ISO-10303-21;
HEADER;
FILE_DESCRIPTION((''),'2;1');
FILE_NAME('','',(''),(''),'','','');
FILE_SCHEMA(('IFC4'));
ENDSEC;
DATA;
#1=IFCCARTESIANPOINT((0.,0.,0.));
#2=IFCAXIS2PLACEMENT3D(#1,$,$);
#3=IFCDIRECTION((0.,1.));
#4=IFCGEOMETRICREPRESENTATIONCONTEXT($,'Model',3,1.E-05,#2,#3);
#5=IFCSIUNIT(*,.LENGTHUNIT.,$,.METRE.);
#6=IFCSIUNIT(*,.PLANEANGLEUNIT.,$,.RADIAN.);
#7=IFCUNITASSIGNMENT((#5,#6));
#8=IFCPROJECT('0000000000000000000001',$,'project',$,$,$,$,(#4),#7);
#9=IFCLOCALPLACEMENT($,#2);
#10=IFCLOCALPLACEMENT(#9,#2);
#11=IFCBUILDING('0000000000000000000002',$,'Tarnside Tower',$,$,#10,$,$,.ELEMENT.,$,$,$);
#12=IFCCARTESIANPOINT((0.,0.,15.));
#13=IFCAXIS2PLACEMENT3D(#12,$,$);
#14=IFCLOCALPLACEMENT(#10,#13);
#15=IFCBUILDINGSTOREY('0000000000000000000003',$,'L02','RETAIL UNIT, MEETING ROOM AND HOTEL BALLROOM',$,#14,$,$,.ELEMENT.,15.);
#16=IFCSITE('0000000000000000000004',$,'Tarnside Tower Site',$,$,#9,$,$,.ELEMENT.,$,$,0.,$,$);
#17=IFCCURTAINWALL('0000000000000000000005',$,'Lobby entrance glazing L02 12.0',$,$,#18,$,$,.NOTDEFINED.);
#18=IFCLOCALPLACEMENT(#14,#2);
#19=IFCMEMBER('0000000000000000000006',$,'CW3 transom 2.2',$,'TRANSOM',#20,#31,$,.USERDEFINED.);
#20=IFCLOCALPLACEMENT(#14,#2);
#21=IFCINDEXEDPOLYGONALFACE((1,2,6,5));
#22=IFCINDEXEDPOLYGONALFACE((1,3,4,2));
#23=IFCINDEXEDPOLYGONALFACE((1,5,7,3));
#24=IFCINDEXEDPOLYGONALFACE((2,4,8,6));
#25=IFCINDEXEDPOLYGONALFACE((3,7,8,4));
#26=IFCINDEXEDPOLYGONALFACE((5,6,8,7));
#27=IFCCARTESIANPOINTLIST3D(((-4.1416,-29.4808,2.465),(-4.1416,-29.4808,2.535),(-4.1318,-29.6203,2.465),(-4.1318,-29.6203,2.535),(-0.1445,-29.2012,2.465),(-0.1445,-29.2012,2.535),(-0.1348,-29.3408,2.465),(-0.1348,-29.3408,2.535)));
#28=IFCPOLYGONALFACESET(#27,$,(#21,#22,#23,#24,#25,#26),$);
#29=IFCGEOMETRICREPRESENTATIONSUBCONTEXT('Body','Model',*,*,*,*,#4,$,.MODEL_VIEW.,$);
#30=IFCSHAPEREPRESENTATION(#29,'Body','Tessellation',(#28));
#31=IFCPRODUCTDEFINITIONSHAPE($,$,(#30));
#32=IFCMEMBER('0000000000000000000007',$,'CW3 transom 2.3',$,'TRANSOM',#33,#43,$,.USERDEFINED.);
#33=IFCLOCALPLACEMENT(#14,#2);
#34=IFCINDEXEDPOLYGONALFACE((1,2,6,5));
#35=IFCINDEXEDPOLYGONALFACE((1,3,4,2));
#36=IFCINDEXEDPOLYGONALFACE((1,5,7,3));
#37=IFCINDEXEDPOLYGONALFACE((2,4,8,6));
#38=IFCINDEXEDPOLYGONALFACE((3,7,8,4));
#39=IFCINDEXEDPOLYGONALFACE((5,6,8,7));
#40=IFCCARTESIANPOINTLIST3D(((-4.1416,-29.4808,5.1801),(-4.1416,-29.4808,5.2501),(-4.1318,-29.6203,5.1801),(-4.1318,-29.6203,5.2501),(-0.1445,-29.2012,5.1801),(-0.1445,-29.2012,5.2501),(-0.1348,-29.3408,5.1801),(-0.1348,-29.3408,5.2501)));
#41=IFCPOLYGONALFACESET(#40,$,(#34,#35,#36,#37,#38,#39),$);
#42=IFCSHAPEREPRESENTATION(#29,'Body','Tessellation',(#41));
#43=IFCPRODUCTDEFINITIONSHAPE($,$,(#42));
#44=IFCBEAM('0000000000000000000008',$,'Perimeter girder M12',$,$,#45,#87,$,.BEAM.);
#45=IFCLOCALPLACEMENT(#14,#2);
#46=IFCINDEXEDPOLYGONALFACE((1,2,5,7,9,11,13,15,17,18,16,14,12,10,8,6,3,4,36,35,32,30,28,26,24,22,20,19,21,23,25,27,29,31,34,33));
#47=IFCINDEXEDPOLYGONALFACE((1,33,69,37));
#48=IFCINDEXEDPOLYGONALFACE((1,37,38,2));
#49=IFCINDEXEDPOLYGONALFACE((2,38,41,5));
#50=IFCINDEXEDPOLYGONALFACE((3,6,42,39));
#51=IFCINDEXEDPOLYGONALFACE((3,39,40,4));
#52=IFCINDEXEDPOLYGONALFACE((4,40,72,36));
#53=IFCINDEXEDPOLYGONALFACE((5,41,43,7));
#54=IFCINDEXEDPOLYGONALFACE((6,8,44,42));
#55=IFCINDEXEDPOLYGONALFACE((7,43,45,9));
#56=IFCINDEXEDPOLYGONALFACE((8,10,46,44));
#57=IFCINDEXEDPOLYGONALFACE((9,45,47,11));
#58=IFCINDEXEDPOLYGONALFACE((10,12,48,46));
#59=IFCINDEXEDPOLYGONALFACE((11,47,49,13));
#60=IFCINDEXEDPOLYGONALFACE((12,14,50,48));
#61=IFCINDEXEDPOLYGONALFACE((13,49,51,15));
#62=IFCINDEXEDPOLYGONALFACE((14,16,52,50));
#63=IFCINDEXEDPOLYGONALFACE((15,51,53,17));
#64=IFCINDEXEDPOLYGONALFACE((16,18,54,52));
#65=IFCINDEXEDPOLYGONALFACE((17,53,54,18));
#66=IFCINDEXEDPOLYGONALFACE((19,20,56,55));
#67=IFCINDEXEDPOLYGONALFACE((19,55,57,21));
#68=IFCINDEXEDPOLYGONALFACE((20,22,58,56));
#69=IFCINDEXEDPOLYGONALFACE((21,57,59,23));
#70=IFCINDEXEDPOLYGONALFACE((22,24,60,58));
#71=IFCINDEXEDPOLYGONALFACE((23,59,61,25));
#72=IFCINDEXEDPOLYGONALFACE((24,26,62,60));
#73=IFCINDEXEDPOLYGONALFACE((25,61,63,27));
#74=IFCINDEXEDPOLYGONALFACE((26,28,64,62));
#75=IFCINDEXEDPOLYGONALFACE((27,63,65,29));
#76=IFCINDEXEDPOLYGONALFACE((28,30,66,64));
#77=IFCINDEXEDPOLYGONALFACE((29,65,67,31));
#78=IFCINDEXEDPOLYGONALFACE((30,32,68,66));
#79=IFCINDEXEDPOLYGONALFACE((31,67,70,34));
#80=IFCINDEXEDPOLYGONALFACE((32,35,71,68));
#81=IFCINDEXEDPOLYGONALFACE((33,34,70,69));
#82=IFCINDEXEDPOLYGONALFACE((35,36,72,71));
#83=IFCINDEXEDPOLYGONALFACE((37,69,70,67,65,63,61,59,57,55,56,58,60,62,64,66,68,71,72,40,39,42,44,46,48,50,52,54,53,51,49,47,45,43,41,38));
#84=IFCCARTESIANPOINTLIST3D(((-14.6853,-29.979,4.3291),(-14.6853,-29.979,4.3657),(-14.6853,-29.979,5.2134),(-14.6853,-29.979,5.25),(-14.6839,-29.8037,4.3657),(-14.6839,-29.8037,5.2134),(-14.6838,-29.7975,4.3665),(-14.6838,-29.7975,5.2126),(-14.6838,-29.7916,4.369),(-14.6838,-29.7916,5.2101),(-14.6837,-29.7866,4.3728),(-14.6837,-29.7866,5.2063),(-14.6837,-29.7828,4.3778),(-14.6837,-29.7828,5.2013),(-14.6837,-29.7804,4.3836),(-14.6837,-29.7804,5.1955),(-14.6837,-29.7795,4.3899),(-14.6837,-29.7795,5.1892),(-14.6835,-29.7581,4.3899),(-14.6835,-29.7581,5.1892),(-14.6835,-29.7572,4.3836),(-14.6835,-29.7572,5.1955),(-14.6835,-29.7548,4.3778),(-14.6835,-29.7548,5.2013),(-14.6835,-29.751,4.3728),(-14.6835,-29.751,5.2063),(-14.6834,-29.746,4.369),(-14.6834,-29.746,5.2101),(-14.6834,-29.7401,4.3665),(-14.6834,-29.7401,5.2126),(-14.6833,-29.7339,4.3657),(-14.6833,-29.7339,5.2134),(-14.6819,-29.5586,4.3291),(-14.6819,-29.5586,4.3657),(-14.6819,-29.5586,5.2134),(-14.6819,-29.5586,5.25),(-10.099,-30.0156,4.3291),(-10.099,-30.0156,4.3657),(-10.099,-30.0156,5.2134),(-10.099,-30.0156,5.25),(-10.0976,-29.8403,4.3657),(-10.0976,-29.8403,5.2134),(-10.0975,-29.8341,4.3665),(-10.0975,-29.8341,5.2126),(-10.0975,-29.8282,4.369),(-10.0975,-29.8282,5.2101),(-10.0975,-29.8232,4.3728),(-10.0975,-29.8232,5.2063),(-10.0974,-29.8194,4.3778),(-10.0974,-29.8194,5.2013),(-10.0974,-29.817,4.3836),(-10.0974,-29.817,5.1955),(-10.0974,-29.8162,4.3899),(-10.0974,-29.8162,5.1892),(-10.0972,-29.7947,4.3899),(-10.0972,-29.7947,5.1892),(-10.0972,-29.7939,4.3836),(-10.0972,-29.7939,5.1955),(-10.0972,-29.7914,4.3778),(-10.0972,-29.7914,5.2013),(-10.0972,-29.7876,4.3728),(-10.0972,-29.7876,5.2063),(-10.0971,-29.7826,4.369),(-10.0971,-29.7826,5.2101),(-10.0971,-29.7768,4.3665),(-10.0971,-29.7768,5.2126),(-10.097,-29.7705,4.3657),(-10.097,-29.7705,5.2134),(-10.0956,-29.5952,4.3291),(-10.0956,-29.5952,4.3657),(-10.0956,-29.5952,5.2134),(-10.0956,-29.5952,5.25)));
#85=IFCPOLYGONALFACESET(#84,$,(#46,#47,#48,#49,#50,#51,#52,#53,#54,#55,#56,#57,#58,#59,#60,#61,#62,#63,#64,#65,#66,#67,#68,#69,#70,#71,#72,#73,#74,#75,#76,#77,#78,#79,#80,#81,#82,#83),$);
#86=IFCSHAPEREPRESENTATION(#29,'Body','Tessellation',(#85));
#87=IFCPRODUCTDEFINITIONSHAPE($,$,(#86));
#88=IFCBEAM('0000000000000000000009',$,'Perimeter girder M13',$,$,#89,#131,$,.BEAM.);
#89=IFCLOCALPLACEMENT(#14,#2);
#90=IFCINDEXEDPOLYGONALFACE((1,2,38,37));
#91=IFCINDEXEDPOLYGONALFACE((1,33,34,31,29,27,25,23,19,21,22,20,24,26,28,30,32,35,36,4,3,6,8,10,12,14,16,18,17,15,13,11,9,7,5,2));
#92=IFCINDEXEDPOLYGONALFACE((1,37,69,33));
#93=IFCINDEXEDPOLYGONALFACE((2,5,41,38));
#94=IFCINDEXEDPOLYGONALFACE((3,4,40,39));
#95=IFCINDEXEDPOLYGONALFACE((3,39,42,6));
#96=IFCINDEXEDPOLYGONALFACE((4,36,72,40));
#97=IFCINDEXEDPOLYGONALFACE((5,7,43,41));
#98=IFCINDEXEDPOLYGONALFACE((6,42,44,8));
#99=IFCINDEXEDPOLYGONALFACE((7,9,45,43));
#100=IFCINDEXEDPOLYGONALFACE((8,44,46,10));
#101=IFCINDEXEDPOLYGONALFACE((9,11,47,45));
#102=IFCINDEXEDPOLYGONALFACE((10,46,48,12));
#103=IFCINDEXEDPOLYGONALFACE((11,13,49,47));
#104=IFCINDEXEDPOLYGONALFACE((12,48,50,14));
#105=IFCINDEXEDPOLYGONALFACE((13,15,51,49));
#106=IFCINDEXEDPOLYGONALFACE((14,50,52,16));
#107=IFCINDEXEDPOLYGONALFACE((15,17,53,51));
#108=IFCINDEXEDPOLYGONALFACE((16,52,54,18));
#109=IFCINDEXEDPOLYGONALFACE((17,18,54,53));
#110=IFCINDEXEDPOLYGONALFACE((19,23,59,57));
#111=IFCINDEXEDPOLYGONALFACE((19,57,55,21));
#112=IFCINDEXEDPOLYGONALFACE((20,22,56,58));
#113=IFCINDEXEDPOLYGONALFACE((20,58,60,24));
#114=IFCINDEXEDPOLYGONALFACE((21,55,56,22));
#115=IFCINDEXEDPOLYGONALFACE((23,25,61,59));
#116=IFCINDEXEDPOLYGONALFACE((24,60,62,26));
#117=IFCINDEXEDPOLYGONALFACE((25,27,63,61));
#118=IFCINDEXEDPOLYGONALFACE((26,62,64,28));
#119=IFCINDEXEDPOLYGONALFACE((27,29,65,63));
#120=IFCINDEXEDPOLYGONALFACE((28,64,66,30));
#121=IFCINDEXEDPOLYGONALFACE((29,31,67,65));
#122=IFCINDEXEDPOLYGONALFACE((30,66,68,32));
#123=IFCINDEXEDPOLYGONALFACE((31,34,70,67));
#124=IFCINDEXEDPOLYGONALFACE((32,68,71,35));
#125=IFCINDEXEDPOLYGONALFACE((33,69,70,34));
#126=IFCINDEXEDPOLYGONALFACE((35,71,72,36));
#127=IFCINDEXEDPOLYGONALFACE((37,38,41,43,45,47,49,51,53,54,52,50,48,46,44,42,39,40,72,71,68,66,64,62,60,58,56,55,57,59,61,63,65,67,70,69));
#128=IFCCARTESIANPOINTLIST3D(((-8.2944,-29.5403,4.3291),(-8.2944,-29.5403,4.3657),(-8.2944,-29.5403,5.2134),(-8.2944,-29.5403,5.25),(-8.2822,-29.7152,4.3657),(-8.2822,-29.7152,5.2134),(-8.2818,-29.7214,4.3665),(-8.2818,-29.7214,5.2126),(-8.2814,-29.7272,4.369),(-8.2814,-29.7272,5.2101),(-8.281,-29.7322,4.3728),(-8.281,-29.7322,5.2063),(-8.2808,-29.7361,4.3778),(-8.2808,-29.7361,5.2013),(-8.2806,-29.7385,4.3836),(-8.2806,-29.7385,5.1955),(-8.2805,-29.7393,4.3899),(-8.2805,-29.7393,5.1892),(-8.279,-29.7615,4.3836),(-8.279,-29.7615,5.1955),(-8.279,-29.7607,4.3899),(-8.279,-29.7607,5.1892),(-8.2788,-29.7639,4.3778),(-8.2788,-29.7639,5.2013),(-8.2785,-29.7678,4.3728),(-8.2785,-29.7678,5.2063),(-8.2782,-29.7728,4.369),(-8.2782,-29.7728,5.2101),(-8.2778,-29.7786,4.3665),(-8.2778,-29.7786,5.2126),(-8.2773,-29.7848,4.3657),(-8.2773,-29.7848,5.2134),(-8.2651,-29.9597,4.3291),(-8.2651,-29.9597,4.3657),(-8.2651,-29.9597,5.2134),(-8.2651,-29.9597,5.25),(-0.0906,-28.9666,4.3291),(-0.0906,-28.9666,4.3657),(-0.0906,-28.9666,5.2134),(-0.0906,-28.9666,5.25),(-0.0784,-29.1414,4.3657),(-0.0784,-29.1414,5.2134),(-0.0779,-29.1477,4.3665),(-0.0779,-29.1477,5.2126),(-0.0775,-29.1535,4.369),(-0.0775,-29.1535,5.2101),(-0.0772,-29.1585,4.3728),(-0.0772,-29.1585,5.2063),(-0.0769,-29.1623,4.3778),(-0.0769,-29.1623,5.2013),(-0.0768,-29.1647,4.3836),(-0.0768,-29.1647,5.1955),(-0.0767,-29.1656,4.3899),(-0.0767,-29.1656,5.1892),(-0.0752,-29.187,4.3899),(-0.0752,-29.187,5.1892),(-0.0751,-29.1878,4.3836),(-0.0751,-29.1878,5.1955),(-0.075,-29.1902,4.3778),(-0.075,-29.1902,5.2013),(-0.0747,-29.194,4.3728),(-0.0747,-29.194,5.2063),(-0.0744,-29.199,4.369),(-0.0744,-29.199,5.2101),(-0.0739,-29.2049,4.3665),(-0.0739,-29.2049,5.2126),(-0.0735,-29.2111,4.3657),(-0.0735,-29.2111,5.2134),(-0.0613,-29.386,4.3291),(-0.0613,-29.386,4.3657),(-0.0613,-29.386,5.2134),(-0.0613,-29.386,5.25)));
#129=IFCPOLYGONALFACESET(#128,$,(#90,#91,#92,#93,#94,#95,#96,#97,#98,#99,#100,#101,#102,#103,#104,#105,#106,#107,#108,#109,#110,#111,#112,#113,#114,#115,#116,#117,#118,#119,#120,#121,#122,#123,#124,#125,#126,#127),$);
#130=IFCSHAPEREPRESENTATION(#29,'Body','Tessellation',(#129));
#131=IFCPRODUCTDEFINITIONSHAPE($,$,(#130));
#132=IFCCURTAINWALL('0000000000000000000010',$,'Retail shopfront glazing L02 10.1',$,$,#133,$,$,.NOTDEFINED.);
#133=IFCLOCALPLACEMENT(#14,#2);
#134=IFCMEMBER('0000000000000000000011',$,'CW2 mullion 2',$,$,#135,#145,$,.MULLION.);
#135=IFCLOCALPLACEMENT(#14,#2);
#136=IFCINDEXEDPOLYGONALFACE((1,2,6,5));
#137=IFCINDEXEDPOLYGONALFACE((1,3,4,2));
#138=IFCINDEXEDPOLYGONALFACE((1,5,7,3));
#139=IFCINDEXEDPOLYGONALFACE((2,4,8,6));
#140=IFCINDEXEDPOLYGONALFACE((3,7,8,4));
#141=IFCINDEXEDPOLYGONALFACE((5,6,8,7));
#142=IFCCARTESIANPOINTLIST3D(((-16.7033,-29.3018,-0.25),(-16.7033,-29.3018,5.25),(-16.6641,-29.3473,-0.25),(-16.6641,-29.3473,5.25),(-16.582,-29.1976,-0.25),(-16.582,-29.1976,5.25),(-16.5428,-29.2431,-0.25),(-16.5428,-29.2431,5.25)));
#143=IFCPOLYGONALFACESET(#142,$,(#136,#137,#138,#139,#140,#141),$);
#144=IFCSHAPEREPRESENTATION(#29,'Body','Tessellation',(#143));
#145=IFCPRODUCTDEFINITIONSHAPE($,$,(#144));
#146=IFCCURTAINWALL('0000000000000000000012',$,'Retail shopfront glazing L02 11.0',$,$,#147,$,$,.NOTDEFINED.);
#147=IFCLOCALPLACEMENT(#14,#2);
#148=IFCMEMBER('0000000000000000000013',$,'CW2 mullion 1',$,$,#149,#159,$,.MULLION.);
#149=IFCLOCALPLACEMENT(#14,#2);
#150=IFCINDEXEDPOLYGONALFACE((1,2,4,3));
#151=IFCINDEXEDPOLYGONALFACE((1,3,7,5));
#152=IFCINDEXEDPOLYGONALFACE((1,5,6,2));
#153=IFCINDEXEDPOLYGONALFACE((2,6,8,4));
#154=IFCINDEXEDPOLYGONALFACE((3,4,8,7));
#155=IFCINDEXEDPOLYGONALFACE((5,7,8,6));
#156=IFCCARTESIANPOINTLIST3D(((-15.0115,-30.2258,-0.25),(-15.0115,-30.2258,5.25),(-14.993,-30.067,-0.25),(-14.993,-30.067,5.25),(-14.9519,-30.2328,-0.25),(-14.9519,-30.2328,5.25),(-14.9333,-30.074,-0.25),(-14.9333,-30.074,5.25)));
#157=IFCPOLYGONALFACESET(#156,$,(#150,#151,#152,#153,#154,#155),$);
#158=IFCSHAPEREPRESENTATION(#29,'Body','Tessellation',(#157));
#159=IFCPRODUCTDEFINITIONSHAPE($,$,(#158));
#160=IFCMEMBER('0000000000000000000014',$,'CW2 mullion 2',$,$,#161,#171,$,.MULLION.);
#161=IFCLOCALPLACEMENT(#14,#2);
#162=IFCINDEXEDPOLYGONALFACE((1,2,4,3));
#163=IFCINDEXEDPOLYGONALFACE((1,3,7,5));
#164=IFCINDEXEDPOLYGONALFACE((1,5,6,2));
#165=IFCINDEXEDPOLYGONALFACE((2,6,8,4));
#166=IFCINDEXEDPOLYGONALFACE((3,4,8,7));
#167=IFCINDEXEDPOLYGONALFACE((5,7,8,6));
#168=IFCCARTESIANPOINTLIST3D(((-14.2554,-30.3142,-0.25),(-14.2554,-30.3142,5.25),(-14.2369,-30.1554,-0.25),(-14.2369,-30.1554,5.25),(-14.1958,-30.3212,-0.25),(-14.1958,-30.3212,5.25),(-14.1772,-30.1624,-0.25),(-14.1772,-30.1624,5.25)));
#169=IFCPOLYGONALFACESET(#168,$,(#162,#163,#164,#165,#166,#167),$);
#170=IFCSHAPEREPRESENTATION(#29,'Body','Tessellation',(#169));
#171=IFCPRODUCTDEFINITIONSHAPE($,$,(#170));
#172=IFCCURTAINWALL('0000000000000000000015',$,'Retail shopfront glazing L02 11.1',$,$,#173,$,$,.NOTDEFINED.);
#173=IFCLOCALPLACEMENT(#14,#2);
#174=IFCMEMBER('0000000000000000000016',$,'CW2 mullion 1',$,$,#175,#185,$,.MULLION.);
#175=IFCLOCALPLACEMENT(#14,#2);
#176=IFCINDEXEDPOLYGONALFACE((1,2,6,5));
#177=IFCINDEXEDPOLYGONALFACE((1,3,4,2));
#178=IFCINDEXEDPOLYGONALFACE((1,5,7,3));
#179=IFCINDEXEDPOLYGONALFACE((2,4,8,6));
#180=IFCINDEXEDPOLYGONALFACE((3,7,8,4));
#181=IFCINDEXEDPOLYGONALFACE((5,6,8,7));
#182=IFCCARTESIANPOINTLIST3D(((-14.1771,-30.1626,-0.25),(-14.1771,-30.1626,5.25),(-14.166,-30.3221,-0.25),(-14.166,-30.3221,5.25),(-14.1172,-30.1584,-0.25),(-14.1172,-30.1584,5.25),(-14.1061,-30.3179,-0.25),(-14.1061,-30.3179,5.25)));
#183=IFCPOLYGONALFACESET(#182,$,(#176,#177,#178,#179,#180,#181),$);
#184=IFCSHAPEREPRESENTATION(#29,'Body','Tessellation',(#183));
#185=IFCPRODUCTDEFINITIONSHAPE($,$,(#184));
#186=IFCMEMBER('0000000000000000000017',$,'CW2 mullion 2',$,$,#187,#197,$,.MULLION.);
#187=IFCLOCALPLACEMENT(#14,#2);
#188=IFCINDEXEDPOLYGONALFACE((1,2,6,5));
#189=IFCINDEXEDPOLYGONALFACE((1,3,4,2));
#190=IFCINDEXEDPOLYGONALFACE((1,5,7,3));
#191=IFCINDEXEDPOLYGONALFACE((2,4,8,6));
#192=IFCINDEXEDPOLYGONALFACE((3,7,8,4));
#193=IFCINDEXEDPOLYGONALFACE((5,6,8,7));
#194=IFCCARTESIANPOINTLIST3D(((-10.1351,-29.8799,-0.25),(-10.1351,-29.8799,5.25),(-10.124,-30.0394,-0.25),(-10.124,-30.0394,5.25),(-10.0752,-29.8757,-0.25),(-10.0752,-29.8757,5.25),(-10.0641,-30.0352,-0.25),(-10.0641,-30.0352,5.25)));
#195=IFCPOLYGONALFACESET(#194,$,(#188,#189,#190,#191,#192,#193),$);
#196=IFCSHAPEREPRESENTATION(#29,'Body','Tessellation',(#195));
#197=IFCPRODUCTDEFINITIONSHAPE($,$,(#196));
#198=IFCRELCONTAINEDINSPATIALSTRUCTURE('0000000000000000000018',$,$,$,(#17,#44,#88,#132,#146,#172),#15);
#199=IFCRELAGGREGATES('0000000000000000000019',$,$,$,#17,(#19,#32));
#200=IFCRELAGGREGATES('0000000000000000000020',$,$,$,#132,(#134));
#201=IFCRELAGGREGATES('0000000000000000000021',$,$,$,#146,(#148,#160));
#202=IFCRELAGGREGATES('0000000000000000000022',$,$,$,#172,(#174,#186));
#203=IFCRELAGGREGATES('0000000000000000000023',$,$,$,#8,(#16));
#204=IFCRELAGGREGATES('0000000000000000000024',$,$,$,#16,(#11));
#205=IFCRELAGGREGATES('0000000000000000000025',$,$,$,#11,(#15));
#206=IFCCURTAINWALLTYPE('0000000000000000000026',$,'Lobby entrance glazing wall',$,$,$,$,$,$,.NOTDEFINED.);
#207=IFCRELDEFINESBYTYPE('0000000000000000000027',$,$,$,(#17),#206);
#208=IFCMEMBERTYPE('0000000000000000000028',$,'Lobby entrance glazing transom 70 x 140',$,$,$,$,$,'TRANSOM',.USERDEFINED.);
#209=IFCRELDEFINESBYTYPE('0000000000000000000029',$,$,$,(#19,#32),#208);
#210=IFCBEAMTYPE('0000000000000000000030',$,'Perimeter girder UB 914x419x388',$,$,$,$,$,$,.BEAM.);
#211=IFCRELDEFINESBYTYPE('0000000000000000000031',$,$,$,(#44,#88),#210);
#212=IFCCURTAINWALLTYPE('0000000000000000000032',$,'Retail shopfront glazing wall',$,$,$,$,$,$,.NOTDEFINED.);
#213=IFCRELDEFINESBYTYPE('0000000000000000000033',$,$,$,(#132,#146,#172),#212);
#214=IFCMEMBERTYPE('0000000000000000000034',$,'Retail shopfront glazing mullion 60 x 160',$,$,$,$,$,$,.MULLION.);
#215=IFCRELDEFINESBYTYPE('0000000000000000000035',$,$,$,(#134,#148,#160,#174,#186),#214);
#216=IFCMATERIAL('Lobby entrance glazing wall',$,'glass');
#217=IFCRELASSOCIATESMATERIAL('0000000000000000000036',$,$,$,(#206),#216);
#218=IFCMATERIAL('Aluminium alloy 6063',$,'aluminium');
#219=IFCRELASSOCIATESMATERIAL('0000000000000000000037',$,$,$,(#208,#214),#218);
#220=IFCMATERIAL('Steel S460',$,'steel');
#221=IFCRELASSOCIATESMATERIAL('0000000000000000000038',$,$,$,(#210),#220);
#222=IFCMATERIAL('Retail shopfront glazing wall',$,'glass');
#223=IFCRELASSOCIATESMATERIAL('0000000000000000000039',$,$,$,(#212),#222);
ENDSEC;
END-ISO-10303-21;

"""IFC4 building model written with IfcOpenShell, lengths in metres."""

from ifc_helpers import new_model, si_unit, direction, frame, origin, origin_2d, place, context, subcontext, project, spatial, rectangle, i_section, extrude, material, material_profile, profile_set, type_object, element, aggregate, save


model = new_model("IFC4")

# Units and contexts
model_context = context("Model", 3, precision=1e-05, world=origin(), true_north=direction((0.0, 1.0)))
body_context = subcontext(model_context, "Body", "Model", "MODEL_VIEW")
ifc_project = project(units=[si_unit("LENGTHUNIT", "METRE"), si_unit("PLANEANGLEUNIT", "RADIAN")], contexts=[model_context])

# Site, building, storey
site_placement = place(None, origin())
site = spatial("IfcSite", under=ifc_project, at=site_placement, Name="Tarnside Tower Site", CompositionType="ELEMENT", RefElevation=0.0)
building_placement = place(site_placement, origin())
building = spatial("IfcBuilding", under=site, at=building_placement, Name="Tarnside Tower", CompositionType="ELEMENT")
storey_placement = place(building_placement, frame((0.0, 0.0, 15.0)))
storey = spatial("IfcBuildingStorey", under=building, at=storey_placement, Name="L02", Description="RETAIL UNIT, MEETING ROOM AND HOTEL BALLROOM", CompositionType="ELEMENT", Elevation=15.0)

# Curtain wall, members
ifc_material_1 = material(Name="Lobby entrance glazing wall", Category="glass")
curtain_wall_type_1 = type_object("IfcCurtainWallType", Name="Lobby entrance glazing wall", PredefinedType="NOTDEFINED", material=ifc_material_1)
curtain_wall_1_placement = place(storey_placement, origin())
curtain_wall_1 = element("IfcCurtainWall", 1, at=curtain_wall_1_placement, inside=storey, type_object=curtain_wall_type_1, Name="Lobby entrance glazing L02 12.0", PredefinedType="NOTDEFINED")
ifc_material_2 = material(Name="Aluminium alloy 6063", Category="aluminium")
ifc_material_profile_1 = material_profile(ifc_material_2, rectangle(XDim=0.1399, YDim=0.0701, at=origin_2d()), Name="Lobby entrance glazing transom 70 x 140")
ifc_profile_set_1 = profile_set([ifc_material_profile_1], Name="Aluminium alloy 6063")
member_type_1 = type_object("IfcMemberType", Name="Lobby entrance glazing transom 70 x 140", ElementType="TRANSOM", PredefinedType="USERDEFINED", material=ifc_profile_set_1)
member_1_placement = place(storey_placement, frame((-4.1367, -29.5505, 2.5), z_axis=(0.997563, 0.069766, 0.0), x_axis=(-0.069766, 0.997563, 0.0)))
member_1 = element("IfcMember", 2, at=member_1_placement, type_object=member_type_1, Name="CW3 transom 2.2", ObjectType="TRANSOM", PredefinedType="USERDEFINED", context=body_context, shape_type="SweptSolid", body=[
    extrude(rectangle(XDim=0.1399, YDim=0.0701, at=origin_2d()), origin(), (0.0, 0.0, 1.0), 4.0068),
])
member_2_placement = place(storey_placement, frame((-4.1367, -29.5505, 5.2151), z_axis=(0.997563, 0.069766, 0.0), x_axis=(-0.069766, 0.997563, 0.0)))
member_2 = element("IfcMember", 3, at=member_2_placement, type_object=member_type_1, Name="CW3 transom 2.3", ObjectType="TRANSOM", PredefinedType="USERDEFINED", context=body_context, shape_type="SweptSolid", body=[
    extrude(rectangle(XDim=0.1399, YDim=0.0701, at=origin_2d()), origin(), (0.0, 0.0, 1.0), 4.0068),
])

# Beams
ifc_material_3 = material(Name="Steel S460", Category="steel")
ifc_material_profile_2 = material_profile(ifc_material_3, i_section(OverallWidth=0.4204, OverallDepth=0.9209, WebThickness=0.0215, FlangeThickness=0.0366, FilletRadius=0.0242, at=origin_2d()), Name="UB 914x419x388")
ifc_profile_set_2 = profile_set([ifc_material_profile_2], Name="Steel S460")
beam_type_1 = type_object("IfcBeamType", Name="Perimeter girder UB 914x419x388", PredefinedType="BEAM", material=ifc_profile_set_2)
beam_1_placement = place(storey_placement, frame((-14.6836, -29.7688, 4.7896), z_axis=(0.999968, -0.007985, 0.0), x_axis=(0.007985, 0.999968, 0.0)))
element("IfcBeam", 4, at=beam_1_placement, inside=storey, type_object=beam_type_1, Name="Perimeter girder M12", PredefinedType="BEAM", context=body_context, shape_type="SweptSolid", body=[
    extrude(i_section(OverallWidth=0.4204, OverallDepth=0.9209, WebThickness=0.0215, FlangeThickness=0.0366, FilletRadius=0.0242, at=origin_2d()), origin(), (0.0, 0.0, 1.0), 4.5864),
])
beam_2_placement = place(storey_placement, frame((-8.2798, -29.75, 4.7896), z_axis=(0.997564, 0.069764, 0.0), x_axis=(-0.069764, 0.997564, 0.0)))
element("IfcBeam", 5, at=beam_2_placement, inside=storey, type_object=beam_type_1, Name="Perimeter girder M13", PredefinedType="BEAM", context=body_context, shape_type="SweptSolid", body=[
    extrude(i_section(OverallWidth=0.4204, OverallDepth=0.9209, WebThickness=0.0215, FlangeThickness=0.0366, FilletRadius=0.0242, at=origin_2d()), origin(), (0.0, 0.0, 1.0), 8.2239),
])

# Curtain wall, member
ifc_material_4 = material(Name="Retail shopfront glazing wall", Category="glass")
curtain_wall_type_2 = type_object("IfcCurtainWallType", Name="Retail shopfront glazing wall", PredefinedType="NOTDEFINED", material=ifc_material_4)
curtain_wall_2_placement = place(storey_placement, origin())
curtain_wall_2 = element("IfcCurtainWall", 6, at=curtain_wall_2_placement, inside=storey, type_object=curtain_wall_type_2, Name="Retail shopfront glazing L02 10.1", PredefinedType="NOTDEFINED")
ifc_material_profile_3 = material_profile(ifc_material_2, rectangle(XDim=0.1599, YDim=0.0601, at=origin_2d()), Name="Retail shopfront glazing mullion 60 x 160")
ifc_profile_set_3 = profile_set([ifc_material_profile_3], Name="Aluminium alloy 6063")
member_type_2 = type_object("IfcMemberType", Name="Retail shopfront glazing mullion 60 x 160", PredefinedType="MULLION", material=ifc_profile_set_3)
member_3_placement = place(storey_placement, frame((-16.623, -29.2725, -0.25), z_axis=(0.0, 0.0, 1.0), x_axis=(0.758514, 0.651657, 0.0)))
member_3 = element("IfcMember", 7, at=member_3_placement, type_object=member_type_2, Name="CW2 mullion 2", PredefinedType="MULLION", context=body_context, shape_type="SweptSolid", body=[
    extrude(rectangle(XDim=0.1599, YDim=0.0601, at=origin_2d()), origin(), (0.0, 0.0, 1.0), 5.5),
])

# Curtain walls, members
curtain_wall_3_placement = place(storey_placement, origin())
curtain_wall_3 = element("IfcCurtainWall", 8, at=curtain_wall_3_placement, inside=storey, type_object=curtain_wall_type_2, Name="Retail shopfront glazing L02 11.0", PredefinedType="NOTDEFINED")
member_4_placement = place(storey_placement, frame((-14.9724, -30.1499, -0.25), z_axis=(0.0, 0.0, 1.0), x_axis=(0.116093, 0.993238, 0.0)))
member_4 = element("IfcMember", 9, at=member_4_placement, type_object=member_type_2, Name="CW2 mullion 1", PredefinedType="MULLION", context=body_context, shape_type="SweptSolid", body=[
    extrude(rectangle(XDim=0.1599, YDim=0.0601, at=origin_2d()), origin(), (0.0, 0.0, 1.0), 5.5),
])
member_5_placement = place(storey_placement, frame((-14.2163, -30.2383, -0.25), z_axis=(0.0, 0.0, 1.0), x_axis=(0.116093, 0.993238, 0.0)))
member_5 = element("IfcMember", 10, at=member_5_placement, type_object=member_type_2, Name="CW2 mullion 2", PredefinedType="MULLION", context=body_context, shape_type="SweptSolid", body=[
    extrude(rectangle(XDim=0.1599, YDim=0.0601, at=origin_2d()), origin(), (0.0, 0.0, 1.0), 5.5),
])
curtain_wall_4_placement = place(storey_placement, origin())
curtain_wall_4 = element("IfcCurtainWall", 11, at=curtain_wall_4_placement, inside=storey, type_object=curtain_wall_type_2, Name="Retail shopfront glazing L02 11.1", PredefinedType="NOTDEFINED")
member_6_placement = place(storey_placement, frame((-14.1416, -30.2402, -0.25), z_axis=(0.0, 0.0, 1.0), x_axis=(-0.069756, 0.997564, 0.0)))
member_6 = element("IfcMember", 12, at=member_6_placement, type_object=member_type_2, Name="CW2 mullion 1", PredefinedType="MULLION", context=body_context, shape_type="SweptSolid", body=[
    extrude(rectangle(XDim=0.1599, YDim=0.0601, at=origin_2d()), origin(), (0.0, 0.0, 1.0), 5.5),
])
member_7_placement = place(storey_placement, frame((-10.0996, -29.9575, -0.25), z_axis=(0.0, 0.0, 1.0), x_axis=(-0.069756, 0.997564, 0.0)))
member_7 = element("IfcMember", 13, at=member_7_placement, type_object=member_type_2, Name="CW2 mullion 2", PredefinedType="MULLION", context=body_context, shape_type="SweptSolid", body=[
    extrude(rectangle(XDim=0.1599, YDim=0.0601, at=origin_2d()), origin(), (0.0, 0.0, 1.0), 5.5),
])

aggregate(curtain_wall_1, [member_1, member_2])
aggregate(curtain_wall_2, [member_3])
aggregate(curtain_wall_3, [member_4, member_5])
aggregate(curtain_wall_4, [member_6, member_7])

save(model, "model.ifc")
